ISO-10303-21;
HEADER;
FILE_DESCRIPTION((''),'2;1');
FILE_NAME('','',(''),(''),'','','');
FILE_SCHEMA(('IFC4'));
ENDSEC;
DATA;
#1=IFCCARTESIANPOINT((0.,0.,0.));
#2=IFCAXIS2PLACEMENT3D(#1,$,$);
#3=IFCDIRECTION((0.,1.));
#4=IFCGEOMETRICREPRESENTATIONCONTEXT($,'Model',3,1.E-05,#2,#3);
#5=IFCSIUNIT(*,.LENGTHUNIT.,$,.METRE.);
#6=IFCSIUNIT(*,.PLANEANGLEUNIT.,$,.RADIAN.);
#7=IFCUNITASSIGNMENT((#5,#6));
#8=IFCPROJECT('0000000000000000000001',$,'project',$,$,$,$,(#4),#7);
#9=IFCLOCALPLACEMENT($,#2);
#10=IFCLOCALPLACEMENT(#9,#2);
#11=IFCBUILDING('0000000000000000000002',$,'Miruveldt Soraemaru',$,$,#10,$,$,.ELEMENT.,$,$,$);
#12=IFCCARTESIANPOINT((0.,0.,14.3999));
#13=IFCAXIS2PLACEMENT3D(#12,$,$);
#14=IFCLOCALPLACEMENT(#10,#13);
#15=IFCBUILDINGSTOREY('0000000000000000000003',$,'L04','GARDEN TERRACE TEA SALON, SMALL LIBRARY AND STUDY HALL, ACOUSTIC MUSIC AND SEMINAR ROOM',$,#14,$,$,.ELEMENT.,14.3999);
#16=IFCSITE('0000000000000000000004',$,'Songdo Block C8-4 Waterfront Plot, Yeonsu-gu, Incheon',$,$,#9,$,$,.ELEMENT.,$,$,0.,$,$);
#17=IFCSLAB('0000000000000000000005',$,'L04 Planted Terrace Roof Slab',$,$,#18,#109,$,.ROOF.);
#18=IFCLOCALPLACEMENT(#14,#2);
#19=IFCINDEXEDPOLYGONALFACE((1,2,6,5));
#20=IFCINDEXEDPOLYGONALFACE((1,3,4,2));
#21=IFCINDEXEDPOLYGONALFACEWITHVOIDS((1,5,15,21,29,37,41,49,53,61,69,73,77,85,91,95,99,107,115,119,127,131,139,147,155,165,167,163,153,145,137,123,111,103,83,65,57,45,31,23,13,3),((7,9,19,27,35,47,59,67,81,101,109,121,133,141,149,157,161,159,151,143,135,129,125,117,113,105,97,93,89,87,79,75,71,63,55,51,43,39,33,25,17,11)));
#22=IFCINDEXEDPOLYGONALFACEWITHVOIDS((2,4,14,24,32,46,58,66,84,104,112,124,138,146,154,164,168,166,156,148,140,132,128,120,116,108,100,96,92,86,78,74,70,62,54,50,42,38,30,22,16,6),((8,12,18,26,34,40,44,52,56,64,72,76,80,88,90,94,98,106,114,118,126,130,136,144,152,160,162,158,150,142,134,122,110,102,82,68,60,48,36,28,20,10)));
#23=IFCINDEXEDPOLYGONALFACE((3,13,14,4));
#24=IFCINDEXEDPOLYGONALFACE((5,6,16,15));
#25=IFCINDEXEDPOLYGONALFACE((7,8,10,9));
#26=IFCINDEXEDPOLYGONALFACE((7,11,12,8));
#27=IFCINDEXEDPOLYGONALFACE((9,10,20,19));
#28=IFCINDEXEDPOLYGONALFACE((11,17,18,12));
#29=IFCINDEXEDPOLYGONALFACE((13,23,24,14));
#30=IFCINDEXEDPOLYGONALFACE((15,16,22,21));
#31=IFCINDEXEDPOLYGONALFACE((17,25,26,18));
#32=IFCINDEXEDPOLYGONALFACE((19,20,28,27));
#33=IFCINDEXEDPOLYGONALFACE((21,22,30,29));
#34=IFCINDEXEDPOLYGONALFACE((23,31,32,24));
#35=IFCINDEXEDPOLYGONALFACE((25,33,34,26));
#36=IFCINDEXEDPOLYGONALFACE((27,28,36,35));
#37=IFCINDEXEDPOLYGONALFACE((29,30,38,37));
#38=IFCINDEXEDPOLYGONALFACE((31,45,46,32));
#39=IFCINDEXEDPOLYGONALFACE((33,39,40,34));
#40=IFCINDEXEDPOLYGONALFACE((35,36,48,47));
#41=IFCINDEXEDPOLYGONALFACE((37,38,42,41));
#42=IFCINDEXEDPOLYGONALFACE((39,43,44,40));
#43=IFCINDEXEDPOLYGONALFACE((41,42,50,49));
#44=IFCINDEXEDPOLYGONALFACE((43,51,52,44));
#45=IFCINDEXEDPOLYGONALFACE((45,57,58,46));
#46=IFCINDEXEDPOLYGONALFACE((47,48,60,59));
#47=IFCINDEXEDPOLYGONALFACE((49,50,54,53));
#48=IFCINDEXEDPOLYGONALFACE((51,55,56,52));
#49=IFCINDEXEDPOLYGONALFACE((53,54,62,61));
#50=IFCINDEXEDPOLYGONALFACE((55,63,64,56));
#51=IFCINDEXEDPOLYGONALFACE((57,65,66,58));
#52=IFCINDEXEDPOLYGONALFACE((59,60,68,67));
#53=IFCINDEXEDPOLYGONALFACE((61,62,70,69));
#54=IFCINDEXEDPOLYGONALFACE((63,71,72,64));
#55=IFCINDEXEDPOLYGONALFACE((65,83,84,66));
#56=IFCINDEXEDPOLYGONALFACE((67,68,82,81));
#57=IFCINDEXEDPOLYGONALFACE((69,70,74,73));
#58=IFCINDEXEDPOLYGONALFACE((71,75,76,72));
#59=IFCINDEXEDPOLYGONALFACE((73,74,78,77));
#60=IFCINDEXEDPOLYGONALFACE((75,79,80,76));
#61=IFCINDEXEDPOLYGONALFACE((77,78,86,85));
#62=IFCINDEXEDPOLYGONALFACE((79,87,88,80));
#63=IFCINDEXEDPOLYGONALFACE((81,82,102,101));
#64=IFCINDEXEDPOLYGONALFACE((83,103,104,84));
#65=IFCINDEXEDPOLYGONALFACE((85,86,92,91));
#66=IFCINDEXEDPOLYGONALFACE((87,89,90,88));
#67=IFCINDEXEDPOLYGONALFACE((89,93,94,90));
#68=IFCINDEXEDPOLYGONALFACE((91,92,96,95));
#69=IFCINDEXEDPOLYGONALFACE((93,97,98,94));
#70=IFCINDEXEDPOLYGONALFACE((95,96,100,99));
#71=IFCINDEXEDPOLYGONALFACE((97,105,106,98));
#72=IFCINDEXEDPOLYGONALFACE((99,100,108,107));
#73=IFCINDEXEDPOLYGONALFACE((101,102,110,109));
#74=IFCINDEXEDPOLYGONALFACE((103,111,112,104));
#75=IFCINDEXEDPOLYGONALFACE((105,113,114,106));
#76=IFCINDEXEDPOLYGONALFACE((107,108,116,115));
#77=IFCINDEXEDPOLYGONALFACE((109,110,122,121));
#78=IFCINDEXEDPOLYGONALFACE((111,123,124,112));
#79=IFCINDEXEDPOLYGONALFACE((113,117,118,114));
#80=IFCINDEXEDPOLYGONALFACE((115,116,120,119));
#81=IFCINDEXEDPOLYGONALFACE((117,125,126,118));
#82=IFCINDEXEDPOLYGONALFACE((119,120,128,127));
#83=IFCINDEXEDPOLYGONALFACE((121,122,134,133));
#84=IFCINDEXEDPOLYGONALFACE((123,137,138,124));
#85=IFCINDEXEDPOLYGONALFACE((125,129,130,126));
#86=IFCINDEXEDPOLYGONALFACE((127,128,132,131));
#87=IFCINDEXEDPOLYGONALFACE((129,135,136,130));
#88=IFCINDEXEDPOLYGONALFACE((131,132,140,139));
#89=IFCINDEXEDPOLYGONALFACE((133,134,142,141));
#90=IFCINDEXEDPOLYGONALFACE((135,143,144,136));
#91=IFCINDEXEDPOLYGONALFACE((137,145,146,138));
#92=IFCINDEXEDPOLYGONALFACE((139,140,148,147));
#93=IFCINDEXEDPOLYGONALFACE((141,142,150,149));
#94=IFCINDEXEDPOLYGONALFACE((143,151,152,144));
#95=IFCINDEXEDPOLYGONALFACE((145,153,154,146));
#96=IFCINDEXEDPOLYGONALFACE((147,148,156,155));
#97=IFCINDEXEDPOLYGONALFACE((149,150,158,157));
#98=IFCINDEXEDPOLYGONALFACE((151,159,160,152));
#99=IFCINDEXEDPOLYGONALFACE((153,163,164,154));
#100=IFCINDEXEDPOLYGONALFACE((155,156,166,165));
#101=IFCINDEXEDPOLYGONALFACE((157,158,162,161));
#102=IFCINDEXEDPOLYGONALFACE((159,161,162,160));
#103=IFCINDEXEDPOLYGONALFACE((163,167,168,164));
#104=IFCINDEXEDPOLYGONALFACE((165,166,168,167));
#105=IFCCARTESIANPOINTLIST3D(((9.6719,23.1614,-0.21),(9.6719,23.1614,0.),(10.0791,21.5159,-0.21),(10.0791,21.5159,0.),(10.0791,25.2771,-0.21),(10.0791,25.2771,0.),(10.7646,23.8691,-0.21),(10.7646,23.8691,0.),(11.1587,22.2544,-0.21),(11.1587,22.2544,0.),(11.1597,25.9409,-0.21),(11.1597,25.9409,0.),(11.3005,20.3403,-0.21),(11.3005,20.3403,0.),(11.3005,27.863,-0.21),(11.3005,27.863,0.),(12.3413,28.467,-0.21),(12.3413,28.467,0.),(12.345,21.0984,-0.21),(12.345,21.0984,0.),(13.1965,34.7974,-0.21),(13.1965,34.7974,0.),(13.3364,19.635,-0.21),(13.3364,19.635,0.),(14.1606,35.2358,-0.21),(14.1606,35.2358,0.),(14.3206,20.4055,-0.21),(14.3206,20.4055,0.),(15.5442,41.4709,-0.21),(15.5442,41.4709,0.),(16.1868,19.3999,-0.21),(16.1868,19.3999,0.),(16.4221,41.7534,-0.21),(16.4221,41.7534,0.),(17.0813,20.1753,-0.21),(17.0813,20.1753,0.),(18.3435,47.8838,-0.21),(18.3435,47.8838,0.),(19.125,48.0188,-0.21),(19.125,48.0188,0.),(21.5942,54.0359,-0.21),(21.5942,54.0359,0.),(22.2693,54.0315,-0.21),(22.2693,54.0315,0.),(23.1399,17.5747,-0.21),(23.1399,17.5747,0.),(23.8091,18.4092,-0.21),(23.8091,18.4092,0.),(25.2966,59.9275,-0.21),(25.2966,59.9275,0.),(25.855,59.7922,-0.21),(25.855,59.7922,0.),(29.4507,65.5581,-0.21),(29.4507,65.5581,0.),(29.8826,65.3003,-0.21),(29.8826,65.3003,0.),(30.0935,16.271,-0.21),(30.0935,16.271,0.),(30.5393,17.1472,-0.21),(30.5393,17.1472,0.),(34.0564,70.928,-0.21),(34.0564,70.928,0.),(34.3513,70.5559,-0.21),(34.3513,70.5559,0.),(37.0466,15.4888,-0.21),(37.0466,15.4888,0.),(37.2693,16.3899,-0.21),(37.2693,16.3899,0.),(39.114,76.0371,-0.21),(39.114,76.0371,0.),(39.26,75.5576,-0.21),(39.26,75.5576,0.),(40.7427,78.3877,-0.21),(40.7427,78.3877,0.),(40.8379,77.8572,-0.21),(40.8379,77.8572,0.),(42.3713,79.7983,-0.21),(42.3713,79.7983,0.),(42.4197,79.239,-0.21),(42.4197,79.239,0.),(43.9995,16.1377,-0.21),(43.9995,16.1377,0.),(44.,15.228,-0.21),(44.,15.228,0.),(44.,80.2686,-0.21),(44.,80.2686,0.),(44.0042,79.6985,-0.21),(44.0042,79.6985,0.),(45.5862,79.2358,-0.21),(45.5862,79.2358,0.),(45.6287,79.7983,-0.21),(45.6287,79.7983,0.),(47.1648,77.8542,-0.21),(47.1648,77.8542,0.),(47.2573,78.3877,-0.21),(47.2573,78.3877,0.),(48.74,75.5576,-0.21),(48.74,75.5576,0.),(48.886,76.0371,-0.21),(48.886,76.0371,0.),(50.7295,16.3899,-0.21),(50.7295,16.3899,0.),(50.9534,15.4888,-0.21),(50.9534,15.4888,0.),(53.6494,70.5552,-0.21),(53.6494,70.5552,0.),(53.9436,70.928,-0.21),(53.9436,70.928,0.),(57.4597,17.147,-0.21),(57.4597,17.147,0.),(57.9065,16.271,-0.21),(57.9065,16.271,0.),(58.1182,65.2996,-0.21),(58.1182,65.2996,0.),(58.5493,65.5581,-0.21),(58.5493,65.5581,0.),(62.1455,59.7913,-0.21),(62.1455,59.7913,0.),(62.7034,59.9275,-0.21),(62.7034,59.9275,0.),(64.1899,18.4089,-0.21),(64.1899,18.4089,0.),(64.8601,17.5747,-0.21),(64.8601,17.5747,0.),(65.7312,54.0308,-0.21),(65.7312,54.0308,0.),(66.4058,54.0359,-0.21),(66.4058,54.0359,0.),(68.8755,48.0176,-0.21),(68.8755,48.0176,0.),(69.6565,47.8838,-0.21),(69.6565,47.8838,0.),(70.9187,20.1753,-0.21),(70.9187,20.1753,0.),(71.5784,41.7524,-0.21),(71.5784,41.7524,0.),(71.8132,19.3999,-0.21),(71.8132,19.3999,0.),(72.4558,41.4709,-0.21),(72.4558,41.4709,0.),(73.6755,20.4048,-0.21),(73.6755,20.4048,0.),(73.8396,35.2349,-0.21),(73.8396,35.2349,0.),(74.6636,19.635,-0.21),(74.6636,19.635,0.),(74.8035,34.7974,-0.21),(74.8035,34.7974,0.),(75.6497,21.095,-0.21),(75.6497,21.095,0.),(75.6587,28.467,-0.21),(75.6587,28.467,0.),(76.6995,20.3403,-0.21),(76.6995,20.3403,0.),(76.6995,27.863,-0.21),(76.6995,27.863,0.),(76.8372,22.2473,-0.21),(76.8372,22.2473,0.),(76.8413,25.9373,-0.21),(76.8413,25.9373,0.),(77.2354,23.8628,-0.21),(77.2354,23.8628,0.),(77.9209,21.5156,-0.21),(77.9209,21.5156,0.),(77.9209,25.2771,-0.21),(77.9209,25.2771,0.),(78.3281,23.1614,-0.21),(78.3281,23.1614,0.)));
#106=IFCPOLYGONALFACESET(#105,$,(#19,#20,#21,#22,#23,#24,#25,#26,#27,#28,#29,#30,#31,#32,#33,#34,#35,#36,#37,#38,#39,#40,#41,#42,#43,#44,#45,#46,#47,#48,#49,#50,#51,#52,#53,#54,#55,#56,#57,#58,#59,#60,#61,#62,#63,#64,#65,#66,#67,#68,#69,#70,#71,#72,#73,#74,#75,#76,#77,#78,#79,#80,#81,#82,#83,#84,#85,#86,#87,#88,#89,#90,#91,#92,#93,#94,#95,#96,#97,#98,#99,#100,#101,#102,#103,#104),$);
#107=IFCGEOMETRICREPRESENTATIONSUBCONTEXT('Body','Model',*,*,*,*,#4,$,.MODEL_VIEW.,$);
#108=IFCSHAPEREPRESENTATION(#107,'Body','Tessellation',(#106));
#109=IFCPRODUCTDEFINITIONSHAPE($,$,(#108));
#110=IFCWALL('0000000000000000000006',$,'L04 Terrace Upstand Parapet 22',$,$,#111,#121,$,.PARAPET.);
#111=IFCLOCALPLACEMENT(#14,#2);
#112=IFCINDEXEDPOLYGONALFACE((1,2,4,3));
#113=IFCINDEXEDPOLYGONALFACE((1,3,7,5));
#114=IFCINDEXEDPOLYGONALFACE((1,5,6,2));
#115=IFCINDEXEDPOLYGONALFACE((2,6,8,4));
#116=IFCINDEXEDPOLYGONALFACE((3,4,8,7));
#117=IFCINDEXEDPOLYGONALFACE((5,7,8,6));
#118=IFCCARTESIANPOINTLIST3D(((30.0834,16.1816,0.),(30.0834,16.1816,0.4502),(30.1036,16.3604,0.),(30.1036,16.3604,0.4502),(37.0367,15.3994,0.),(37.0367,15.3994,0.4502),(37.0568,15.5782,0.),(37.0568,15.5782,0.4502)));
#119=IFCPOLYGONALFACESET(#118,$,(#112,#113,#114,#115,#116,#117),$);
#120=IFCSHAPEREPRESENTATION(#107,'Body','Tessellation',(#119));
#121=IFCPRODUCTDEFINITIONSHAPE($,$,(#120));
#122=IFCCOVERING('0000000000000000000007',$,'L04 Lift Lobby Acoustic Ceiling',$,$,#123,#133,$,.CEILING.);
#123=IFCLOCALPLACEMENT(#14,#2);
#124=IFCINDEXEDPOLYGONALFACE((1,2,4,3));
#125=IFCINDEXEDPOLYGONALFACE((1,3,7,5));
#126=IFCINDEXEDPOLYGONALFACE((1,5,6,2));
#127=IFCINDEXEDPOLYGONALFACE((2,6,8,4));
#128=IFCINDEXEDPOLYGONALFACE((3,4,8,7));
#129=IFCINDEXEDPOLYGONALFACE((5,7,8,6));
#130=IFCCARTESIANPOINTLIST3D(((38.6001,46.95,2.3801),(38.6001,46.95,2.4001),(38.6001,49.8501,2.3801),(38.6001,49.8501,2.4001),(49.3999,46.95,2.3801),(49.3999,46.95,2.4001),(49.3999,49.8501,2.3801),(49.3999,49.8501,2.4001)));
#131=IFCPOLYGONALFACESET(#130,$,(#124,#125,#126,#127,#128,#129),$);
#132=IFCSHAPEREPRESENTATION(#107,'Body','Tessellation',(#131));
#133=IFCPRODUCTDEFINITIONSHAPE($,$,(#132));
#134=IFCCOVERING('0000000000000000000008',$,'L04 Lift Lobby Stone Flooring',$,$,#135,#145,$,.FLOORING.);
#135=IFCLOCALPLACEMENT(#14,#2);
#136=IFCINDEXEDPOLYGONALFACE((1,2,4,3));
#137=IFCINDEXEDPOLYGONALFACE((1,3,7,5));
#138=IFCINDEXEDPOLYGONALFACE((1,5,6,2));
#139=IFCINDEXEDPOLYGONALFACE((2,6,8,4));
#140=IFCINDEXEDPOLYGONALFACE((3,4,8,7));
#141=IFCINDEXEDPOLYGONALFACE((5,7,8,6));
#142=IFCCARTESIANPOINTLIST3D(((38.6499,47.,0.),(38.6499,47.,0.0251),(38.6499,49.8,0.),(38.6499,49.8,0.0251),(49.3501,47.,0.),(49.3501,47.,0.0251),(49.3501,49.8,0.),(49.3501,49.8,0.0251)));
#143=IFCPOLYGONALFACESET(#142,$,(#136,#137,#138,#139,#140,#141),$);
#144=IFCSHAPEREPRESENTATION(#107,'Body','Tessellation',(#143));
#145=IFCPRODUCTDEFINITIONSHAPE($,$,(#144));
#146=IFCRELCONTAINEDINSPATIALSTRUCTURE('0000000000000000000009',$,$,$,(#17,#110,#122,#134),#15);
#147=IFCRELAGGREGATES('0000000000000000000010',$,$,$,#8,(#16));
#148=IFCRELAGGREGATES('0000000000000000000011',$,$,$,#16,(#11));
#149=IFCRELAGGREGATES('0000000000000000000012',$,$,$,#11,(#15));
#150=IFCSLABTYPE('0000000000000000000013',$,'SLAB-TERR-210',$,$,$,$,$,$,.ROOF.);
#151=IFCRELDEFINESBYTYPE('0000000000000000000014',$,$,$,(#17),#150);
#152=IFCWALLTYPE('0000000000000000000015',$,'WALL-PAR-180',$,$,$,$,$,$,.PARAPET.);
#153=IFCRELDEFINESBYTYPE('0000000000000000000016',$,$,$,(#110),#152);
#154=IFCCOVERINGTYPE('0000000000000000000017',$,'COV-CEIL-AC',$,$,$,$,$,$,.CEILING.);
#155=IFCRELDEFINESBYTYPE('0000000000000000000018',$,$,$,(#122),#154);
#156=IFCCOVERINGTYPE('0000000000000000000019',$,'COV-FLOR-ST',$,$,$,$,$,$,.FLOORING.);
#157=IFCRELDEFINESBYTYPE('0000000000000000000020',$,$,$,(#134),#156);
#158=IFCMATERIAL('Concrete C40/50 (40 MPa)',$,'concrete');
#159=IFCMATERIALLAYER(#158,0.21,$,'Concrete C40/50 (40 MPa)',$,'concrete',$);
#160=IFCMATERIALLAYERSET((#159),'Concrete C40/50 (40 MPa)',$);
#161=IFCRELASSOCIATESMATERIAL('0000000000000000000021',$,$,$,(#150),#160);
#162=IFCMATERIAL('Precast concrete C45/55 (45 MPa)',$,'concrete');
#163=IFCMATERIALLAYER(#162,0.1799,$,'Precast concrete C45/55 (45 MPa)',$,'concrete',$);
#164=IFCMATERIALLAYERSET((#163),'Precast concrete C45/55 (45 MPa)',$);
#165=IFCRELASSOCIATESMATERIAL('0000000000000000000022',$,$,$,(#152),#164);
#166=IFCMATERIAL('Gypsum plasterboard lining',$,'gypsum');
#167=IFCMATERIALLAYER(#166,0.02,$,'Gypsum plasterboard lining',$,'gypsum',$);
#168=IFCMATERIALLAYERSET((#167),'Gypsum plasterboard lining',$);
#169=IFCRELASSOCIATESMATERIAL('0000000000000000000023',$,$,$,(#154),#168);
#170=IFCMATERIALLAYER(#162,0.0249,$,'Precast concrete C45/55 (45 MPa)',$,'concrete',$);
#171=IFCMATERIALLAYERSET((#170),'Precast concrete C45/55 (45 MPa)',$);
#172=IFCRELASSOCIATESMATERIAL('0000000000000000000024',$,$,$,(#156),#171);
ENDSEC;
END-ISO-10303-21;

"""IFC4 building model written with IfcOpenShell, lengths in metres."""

from ifc_helpers import new_model, si_unit, direction, frame, frame_2d, origin, place, context, subcontext, project, spatial, polyline, rectangle, outline, extrude, material, layer, layer_set, type_object, element, save


model = new_model("IFC4")

# Units and contexts
model_context = context("Model", 3, precision=1e-05, world=origin(), true_north=direction((0.0, 1.0)))
body_context = subcontext(model_context, "Body", "Model", "MODEL_VIEW")
ifc_project = project(units=[si_unit("LENGTHUNIT", "METRE"), si_unit("PLANEANGLEUNIT", "RADIAN")], contexts=[model_context])

# Site, building, storey
site_placement = place(None, origin())
site = spatial("IfcSite", under=ifc_project, at=site_placement, Name="Songdo Block C8-4 Waterfront Plot, Yeonsu-gu, Incheon", CompositionType="ELEMENT", RefElevation=0.0)
building_placement = place(site_placement, origin())
building = spatial("IfcBuilding", under=site, at=building_placement, Name="Miruveldt Soraemaru", CompositionType="ELEMENT")
storey_placement = place(building_placement, frame((0.0, 0.0, 14.3999)))
storey = spatial("IfcBuildingStorey", under=building, at=storey_placement, Name="L04", Description="GARDEN TERRACE TEA SALON, SMALL LIBRARY AND STUDY HALL, ACOUSTIC MUSIC AND SEMINAR ROOM", CompositionType="ELEMENT", Elevation=14.3999)

# Shared definitions
ifc_material_1 = material(Name="Concrete C40/50 (40 MPa)", Category="concrete")

# Slab
ifc_material_2 = material(Name="Precast concrete C45/55 (45 MPa)", Category="concrete")
ifc_layer_1 = layer(ifc_material_1, 0.21, Name="Concrete C40/50 (40 MPa)", Category="concrete")
ifc_layer_set_1 = layer_set([ifc_layer_1], Name="Concrete C40/50 (40 MPa)")
slab_type_1 = type_object("IfcSlabType", Name="SLAB-TERR-210", PredefinedType="ROOF", material=ifc_layer_set_1)
slab_1_placement = place(storey_placement, frame((0.0, 0.0, -0.21)))
element("IfcSlab", 1, at=slab_1_placement, inside=storey, type_object=slab_type_1, Name="L04 Planted Terrace Roof Slab", PredefinedType="ROOF", context=body_context, shape_type="SweptSolid", body=[
    extrude(outline(polyline([(53.9436, 70.928), (58.5493, 65.5581), (62.7034, 59.9275), (66.4058, 54.0359), (69.6565, 47.8838), (72.4558, 41.4709), (74.8035, 34.7974), (76.6995, 27.863), (77.9209, 25.2771), (78.3281, 23.1614), (77.9209, 21.5156), (76.6995, 20.3403), (74.6636, 19.635), (71.8132, 19.3999), (64.8601, 17.5747), (57.9065, 16.271), (50.9534, 15.4888), (44.0, 15.228), (37.0466, 15.4888), (30.0935, 16.271), (23.1399, 17.5747), (16.1868, 19.3999), (13.3364, 19.635), (11.3005, 20.3403), (10.0791, 21.5159), (9.6719, 23.1614), (10.0791, 25.2771), (11.3005, 27.863), (13.1965, 34.7974), (15.5442, 41.4709), (18.3435, 47.8838), (21.5942, 54.0359), (25.2966, 59.9275), (29.4507, 65.5581), (34.0564, 70.928), (39.114, 76.0371), (40.7427, 78.3877), (42.3713, 79.7983), (44.0, 80.2686), (45.6287, 79.7983), (47.2573, 78.3877), (48.886, 76.0371), (53.9436, 70.928)]), holes=[polyline([(47.1648, 77.8542), (45.5862, 79.2358), (44.0042, 79.6985), (42.4197, 79.239), (40.8379, 77.8572), (39.26, 75.5576), (34.3513, 70.5559), (29.8826, 65.3003), (25.855, 59.7922), (22.2693, 54.0315), (19.125, 48.0188), (16.4221, 41.7534), (14.1606, 35.2358), (12.3413, 28.467), (11.1597, 25.9409), (10.7646, 23.8691), (11.1587, 22.2544), (12.345, 21.0984), (14.3206, 20.4055), (17.0813, 20.1753), (23.8091, 18.4092), (30.5393, 17.1472), (37.2693, 16.3899), (43.9995, 16.1377), (50.7295, 16.3899), (57.4597, 17.147), (64.1899, 18.4089), (70.9187, 20.1753), (73.6755, 20.4048), (75.6497, 21.095), (76.8372, 22.2473), (77.2354, 23.8628), (76.8413, 25.9373), (75.6587, 28.467), (73.8396, 35.2349), (71.5784, 41.7524), (68.8755, 48.0176), (65.7312, 54.0308), (62.1455, 59.7913), (58.1182, 65.2996), (53.6494, 70.5552), (48.74, 75.5576), (47.1648, 77.8542)])]), origin(), (0.0, 0.0, 1.0), 0.21),
])

# Wall
ifc_layer_2 = layer(ifc_material_2, 0.1799, Name="Precast concrete C45/55 (45 MPa)", Category="concrete")
ifc_layer_set_2 = layer_set([ifc_layer_2], Name="Precast concrete C45/55 (45 MPa)")
wall_type = type_object("IfcWallType", Name="WALL-PAR-180", PredefinedType="PARAPET", material=ifc_layer_set_2)
wall_placement = place(storey_placement, frame((30.0935, 16.271, 0.0), z_axis=(0.0, 0.0, 1.0), x_axis=(0.993731, -0.111795, 0.0)))
element("IfcWall", 2, at=wall_placement, inside=storey, type_object=wall_type, Name="L04 Terrace Upstand Parapet 22", PredefinedType="PARAPET", context=body_context, shape_type="SweptSolid", body=[
    extrude(rectangle(XDim=6.9971, YDim=0.1799, at=frame_2d((3.4985, 0.0))), origin(), (0.0, 0.0, 1.0), 0.4502),
])

# Coverings
ifc_material_3 = material(Name="Gypsum plasterboard lining", Category="gypsum")
ifc_layer_3 = layer(ifc_material_3, 0.02, Name="Gypsum plasterboard lining", Category="gypsum")
ifc_layer_set_3 = layer_set([ifc_layer_3], Name="Gypsum plasterboard lining")
covering_type_1 = type_object("IfcCoveringType", Name="COV-CEIL-AC", PredefinedType="CEILING", material=ifc_layer_set_3)
covering_1_placement = place(storey_placement, frame((0.0, 0.0, 2.3801)))
element("IfcCovering", 3, at=covering_1_placement, inside=storey, type_object=covering_type_1, Name="L04 Lift Lobby Acoustic Ceiling", PredefinedType="CEILING", context=body_context, shape_type="SweptSolid", body=[
    extrude(outline(polyline([(38.6001, 46.95), (49.3999, 46.95), (49.3999, 49.8501), (38.6001, 49.8501), (38.6001, 46.95)])), origin(), (0.0, 0.0, 1.0), 0.02),
])
ifc_layer_4 = layer(ifc_material_2, 0.0249, Name="Precast concrete C45/55 (45 MPa)", Category="concrete")
ifc_layer_set_4 = layer_set([ifc_layer_4], Name="Precast concrete C45/55 (45 MPa)")
covering_type_2 = type_object("IfcCoveringType", Name="COV-FLOR-ST", PredefinedType="FLOORING", material=ifc_layer_set_4)
covering_2_placement = place(storey_placement, origin())
element("IfcCovering", 4, at=covering_2_placement, inside=storey, type_object=covering_type_2, Name="L04 Lift Lobby Stone Flooring", PredefinedType="FLOORING", context=body_context, shape_type="SweptSolid", body=[
    extrude(outline(polyline([(38.6499, 47.0), (49.3501, 47.0), (49.3501, 49.8), (38.6499, 49.8), (38.6499, 47.0)])), origin(), (0.0, 0.0, 1.0), 0.0251),
])

save(model, "model.ifc")
